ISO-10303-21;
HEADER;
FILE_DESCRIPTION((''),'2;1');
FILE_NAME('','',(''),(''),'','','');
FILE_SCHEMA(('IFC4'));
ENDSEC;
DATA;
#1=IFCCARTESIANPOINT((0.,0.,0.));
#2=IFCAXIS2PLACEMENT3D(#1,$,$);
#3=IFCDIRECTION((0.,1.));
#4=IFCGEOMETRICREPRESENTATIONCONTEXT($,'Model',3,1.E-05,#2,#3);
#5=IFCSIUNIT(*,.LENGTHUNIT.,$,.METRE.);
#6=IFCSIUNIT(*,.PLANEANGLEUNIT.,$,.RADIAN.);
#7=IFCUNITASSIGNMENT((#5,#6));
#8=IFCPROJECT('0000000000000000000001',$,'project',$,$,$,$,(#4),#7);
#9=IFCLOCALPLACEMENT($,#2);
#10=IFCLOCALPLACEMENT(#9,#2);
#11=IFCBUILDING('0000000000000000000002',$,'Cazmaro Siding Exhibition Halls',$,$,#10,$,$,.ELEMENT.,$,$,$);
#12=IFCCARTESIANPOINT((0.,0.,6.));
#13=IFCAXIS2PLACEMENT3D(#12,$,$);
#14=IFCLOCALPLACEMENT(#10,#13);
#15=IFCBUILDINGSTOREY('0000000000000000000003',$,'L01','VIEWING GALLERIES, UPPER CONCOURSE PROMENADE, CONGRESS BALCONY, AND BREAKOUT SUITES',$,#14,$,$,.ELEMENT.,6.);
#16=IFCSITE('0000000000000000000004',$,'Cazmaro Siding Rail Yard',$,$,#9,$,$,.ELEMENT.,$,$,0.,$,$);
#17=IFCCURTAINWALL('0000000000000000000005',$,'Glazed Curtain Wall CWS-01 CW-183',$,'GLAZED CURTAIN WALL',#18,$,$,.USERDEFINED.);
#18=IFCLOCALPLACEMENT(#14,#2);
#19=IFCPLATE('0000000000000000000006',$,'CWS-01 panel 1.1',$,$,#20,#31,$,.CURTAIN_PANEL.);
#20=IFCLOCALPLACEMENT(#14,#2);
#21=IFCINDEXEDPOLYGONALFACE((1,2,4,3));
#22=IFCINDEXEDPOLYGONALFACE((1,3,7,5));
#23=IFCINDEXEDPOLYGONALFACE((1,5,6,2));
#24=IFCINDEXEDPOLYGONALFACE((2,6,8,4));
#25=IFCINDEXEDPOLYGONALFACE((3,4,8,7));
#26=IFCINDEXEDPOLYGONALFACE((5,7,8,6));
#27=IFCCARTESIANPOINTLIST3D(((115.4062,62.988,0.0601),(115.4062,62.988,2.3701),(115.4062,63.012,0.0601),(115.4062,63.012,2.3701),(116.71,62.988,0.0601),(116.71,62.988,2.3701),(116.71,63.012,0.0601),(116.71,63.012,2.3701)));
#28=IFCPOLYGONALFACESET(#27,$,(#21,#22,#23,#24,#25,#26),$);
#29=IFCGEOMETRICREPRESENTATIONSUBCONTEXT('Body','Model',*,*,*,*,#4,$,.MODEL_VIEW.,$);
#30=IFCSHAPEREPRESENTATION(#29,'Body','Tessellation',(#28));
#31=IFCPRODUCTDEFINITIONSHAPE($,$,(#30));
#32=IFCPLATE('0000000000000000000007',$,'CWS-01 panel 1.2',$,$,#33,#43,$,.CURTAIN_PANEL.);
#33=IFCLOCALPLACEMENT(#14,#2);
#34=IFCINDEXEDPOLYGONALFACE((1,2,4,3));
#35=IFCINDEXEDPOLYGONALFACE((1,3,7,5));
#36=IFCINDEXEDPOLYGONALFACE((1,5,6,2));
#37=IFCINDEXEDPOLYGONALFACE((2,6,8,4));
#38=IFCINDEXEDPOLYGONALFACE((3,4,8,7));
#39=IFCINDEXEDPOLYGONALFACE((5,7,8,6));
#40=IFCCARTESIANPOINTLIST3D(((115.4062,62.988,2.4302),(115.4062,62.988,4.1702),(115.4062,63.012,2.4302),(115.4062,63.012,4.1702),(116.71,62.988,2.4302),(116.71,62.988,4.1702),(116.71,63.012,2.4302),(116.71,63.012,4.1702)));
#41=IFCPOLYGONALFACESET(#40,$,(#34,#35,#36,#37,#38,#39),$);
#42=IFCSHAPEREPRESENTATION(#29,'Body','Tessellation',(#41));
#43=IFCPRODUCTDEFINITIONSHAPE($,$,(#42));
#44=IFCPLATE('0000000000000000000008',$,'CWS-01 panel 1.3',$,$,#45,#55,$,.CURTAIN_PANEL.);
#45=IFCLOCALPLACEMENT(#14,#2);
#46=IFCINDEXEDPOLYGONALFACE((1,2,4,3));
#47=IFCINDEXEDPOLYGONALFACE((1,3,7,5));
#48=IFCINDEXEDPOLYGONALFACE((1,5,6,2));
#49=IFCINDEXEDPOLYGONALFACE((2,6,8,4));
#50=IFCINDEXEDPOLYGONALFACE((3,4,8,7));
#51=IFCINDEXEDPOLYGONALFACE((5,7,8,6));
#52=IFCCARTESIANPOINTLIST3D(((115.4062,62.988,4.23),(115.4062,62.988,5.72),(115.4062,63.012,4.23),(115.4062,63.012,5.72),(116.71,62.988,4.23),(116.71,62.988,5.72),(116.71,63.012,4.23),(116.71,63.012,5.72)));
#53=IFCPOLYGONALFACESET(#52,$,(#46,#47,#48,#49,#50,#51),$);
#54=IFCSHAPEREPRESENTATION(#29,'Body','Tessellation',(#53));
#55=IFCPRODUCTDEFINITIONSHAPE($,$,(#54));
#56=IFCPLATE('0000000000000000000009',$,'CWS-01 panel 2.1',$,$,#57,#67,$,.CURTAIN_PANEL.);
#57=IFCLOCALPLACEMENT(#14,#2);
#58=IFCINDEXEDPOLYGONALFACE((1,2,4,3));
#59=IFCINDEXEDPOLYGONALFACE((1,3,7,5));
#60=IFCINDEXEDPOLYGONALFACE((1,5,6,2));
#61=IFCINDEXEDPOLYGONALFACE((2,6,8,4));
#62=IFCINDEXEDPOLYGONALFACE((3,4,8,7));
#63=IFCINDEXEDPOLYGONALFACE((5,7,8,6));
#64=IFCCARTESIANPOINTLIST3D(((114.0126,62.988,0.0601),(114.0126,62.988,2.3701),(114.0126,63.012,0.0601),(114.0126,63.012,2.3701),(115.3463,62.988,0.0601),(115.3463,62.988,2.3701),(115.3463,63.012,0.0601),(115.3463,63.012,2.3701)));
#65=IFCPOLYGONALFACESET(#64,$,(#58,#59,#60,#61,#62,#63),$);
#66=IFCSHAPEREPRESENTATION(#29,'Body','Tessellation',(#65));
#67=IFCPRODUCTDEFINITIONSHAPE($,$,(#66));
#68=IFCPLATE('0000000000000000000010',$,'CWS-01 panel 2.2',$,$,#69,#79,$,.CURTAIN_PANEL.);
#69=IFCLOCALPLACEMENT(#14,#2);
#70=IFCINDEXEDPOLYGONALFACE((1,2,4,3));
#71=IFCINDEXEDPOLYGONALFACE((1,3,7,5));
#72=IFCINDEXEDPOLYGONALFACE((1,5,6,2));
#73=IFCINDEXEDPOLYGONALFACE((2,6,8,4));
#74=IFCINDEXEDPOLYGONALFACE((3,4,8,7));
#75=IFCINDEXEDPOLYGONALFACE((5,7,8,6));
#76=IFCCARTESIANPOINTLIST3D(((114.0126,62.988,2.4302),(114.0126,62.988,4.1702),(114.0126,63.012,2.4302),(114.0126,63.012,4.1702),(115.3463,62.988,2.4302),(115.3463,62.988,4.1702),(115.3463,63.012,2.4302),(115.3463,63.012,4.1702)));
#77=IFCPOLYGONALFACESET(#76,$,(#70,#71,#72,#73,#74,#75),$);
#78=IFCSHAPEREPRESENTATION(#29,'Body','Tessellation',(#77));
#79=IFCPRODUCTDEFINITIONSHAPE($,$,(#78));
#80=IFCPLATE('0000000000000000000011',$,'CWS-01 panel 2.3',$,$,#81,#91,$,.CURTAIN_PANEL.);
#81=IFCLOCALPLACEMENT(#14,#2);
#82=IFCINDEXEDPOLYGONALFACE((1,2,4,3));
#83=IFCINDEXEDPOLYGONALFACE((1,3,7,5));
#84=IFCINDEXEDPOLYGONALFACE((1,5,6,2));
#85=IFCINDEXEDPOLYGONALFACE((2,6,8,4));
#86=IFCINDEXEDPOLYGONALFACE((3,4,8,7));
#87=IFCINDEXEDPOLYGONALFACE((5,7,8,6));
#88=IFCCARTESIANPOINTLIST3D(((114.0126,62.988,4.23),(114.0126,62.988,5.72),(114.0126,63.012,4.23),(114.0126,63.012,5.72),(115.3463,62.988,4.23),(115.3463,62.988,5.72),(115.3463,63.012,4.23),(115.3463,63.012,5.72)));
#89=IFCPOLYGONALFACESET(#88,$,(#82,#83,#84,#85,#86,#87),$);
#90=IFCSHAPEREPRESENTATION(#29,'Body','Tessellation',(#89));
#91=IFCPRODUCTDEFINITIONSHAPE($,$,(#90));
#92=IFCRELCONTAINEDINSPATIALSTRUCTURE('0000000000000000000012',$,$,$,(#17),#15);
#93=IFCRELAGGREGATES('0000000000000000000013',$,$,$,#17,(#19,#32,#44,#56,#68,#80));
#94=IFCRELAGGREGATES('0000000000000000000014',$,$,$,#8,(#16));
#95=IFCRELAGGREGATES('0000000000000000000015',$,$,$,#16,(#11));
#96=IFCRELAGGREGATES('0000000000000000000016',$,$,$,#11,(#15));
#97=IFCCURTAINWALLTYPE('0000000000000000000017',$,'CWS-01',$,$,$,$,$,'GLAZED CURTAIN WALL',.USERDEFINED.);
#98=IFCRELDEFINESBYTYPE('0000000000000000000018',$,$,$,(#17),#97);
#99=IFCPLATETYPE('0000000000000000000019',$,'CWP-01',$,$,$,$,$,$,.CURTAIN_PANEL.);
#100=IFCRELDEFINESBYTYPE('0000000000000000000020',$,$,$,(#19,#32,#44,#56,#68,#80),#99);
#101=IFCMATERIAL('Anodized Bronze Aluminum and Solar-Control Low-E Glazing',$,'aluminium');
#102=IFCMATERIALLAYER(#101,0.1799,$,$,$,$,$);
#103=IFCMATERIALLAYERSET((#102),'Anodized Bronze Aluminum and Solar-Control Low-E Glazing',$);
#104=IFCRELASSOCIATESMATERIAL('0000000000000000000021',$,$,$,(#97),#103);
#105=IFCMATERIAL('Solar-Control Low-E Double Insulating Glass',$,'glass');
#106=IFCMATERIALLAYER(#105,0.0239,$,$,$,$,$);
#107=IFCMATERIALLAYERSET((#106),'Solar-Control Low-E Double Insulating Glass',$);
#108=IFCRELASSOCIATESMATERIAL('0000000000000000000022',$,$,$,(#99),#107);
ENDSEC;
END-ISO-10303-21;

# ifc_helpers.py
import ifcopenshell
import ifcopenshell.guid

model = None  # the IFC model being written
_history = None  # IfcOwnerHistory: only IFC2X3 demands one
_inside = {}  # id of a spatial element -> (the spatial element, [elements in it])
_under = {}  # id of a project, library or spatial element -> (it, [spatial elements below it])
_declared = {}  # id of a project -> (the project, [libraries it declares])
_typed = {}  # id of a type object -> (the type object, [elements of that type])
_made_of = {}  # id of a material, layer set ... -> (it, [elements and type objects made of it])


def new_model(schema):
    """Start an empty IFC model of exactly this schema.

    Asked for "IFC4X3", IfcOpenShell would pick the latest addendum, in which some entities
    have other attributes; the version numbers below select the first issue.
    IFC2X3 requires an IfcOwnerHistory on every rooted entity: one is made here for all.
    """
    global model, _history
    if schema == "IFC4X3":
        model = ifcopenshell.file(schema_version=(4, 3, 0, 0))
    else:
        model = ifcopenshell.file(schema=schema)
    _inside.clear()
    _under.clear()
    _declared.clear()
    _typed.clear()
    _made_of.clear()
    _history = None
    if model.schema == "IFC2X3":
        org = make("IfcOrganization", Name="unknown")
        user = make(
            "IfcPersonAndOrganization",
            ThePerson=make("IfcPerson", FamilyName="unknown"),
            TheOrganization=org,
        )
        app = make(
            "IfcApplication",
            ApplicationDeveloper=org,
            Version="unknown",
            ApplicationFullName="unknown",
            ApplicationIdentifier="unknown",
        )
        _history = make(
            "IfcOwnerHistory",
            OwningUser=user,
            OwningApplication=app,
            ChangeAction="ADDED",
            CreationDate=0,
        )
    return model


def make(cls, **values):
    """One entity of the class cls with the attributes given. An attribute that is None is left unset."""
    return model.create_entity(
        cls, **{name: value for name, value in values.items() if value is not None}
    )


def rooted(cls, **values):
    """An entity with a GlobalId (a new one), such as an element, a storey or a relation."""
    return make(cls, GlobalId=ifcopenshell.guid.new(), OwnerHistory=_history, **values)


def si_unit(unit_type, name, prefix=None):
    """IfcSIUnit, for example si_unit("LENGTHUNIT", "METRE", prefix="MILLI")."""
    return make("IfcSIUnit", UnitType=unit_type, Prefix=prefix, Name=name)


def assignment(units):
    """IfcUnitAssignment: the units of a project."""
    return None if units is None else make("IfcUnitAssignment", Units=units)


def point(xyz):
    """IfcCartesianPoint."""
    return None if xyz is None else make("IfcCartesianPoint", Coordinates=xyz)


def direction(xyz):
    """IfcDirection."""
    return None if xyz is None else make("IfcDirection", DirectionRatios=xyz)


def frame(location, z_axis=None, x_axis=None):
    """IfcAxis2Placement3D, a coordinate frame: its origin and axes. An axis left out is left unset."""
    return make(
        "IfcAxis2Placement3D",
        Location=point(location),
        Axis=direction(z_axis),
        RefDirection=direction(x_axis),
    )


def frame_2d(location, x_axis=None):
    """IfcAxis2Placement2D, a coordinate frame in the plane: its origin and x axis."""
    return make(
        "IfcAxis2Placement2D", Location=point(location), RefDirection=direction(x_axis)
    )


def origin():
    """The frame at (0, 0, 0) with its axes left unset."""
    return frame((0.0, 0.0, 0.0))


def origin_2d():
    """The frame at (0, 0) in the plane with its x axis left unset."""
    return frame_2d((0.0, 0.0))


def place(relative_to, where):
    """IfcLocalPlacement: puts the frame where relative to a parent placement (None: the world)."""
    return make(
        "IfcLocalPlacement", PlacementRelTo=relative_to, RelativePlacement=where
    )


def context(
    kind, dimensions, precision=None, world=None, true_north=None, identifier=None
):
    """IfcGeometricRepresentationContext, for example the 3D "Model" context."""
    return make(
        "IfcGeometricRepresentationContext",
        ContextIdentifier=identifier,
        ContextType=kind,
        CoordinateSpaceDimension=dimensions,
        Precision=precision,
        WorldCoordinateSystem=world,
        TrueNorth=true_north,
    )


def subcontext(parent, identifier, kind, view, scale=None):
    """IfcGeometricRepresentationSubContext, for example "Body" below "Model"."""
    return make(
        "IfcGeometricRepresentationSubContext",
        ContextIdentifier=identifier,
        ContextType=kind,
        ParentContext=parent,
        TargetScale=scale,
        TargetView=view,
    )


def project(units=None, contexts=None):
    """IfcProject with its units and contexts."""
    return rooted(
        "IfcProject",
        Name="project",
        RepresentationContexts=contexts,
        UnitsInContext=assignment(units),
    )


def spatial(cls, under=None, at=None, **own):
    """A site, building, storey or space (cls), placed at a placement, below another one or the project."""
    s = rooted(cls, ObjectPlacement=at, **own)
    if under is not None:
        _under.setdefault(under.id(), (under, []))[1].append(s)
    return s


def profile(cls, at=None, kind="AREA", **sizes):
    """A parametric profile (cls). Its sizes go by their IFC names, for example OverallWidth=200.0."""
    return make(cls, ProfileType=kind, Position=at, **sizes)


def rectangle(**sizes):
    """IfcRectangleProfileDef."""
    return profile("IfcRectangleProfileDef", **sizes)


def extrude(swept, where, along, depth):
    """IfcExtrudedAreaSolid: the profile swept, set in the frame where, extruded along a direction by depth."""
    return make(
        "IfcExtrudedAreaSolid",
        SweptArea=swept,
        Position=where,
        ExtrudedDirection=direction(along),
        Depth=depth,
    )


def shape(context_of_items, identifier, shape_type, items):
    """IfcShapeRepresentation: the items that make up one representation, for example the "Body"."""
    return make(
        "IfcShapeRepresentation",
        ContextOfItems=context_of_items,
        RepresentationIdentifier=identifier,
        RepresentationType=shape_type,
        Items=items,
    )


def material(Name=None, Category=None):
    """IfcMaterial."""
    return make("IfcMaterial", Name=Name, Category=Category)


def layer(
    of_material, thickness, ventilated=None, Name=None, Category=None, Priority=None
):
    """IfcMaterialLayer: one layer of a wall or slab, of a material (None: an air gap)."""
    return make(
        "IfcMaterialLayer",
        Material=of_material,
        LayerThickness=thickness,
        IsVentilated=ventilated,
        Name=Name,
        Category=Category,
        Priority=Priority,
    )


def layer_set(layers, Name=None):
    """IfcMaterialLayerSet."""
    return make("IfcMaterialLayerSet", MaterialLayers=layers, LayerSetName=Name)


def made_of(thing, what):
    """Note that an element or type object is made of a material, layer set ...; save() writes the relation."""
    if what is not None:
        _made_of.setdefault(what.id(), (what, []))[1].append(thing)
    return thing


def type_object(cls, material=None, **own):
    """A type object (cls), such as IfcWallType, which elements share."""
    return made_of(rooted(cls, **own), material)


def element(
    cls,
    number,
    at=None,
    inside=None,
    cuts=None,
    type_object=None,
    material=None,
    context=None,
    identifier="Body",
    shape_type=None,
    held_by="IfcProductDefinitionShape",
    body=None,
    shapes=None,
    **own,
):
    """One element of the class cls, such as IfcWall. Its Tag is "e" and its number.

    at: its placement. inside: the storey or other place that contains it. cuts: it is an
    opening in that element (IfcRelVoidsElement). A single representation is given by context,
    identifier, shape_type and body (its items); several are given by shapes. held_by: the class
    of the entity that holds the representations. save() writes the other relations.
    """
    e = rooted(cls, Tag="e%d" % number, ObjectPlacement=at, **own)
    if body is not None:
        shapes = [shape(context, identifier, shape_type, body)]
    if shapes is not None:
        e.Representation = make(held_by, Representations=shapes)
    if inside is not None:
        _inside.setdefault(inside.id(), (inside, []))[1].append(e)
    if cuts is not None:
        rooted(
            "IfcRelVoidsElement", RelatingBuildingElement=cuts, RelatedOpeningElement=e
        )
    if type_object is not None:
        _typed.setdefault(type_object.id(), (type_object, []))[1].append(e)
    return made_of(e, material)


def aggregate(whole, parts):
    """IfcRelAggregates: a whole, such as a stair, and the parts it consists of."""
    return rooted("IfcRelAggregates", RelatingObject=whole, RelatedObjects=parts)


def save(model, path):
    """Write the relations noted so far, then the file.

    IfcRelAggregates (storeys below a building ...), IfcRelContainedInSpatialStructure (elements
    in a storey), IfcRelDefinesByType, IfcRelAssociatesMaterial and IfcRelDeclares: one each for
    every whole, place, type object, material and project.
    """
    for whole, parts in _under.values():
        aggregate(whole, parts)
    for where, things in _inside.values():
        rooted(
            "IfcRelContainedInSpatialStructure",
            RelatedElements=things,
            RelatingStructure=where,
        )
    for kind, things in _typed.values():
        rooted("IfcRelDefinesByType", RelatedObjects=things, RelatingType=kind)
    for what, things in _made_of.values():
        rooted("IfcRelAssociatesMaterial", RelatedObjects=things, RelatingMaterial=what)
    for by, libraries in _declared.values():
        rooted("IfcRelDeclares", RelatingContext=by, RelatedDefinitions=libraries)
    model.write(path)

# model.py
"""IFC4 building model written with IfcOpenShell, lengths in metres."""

from ifc_helpers import new_model, si_unit, direction, frame, origin, origin_2d, place, context, subcontext, project, spatial, rectangle, extrude, material, layer, layer_set, type_object, element, aggregate, save


model = new_model("IFC4")

# Units and contexts
model_context = context("Model", 3, precision=1e-05, world=origin(), true_north=direction((0.0, 1.0)))
body_context = subcontext(model_context, "Body", "Model", "MODEL_VIEW")
ifc_project = project(units=[si_unit("LENGTHUNIT", "METRE"), si_unit("PLANEANGLEUNIT", "RADIAN")], contexts=[model_context])

# Site, building, storey
site_placement = place(None, origin())
site = spatial("IfcSite", under=ifc_project, at=site_placement, Name="Cazmaro Siding Rail Yard", CompositionType="ELEMENT", RefElevation=0.0)
building_placement = place(site_placement, origin())
building = spatial("IfcBuilding", under=site, at=building_placement, Name="Cazmaro Siding Exhibition Halls", CompositionType="ELEMENT")
storey_placement = place(building_placement, frame((0.0, 0.0, 6.0)))
storey = spatial("IfcBuildingStorey", under=building, at=storey_placement, Name="L01", Description="VIEWING GALLERIES, UPPER CONCOURSE PROMENADE, CONGRESS BALCONY, AND BREAKOUT SUITES", CompositionType="ELEMENT", Elevation=6.0)

# Curtain wall, plates
ifc_material_1 = material(Name="Anodized Bronze Aluminum and Solar-Control Low-E Glazing", Category="aluminium")
ifc_layer_1 = layer(ifc_material_1, 0.1799)
ifc_layer_set_1 = layer_set([ifc_layer_1], Name="Anodized Bronze Aluminum and Solar-Control Low-E Glazing")
curtain_wall_type = type_object("IfcCurtainWallType", Name="CWS-01", ElementType="GLAZED CURTAIN WALL", PredefinedType="USERDEFINED", material=ifc_layer_set_1)
curtain_wall_placement = place(storey_placement, origin())
curtain_wall = element("IfcCurtainWall", 1, at=curtain_wall_placement, inside=storey, type_object=curtain_wall_type, Name="Glazed Curtain Wall CWS-01 CW-183", ObjectType="GLAZED CURTAIN WALL", PredefinedType="USERDEFINED")
ifc_material_2 = material(Name="Solar-Control Low-E Double Insulating Glass", Category="glass")
ifc_layer_2 = layer(ifc_material_2, 0.0239)
ifc_layer_set_2 = layer_set([ifc_layer_2], Name="Solar-Control Low-E Double Insulating Glass")
plate_type = type_object("IfcPlateType", Name="CWP-01", PredefinedType="CURTAIN_PANEL", material=ifc_layer_set_2)
plate_1_placement = place(storey_placement, frame((116.0581, 63.0, 0.0601), z_axis=(0.0, 0.0, 1.0), x_axis=(-1.0, 0.0, 0.0)))
plate_1 = element("IfcPlate", 2, at=plate_1_placement, type_object=plate_type, Name="CWS-01 panel 1.1", PredefinedType="CURTAIN_PANEL", context=body_context, shape_type="SweptSolid", body=[
    extrude(rectangle(XDim=1.3037, YDim=0.0239, at=origin_2d()), origin(), (0.0, 0.0, 1.0), 2.3101),
])
plate_2_placement = place(storey_placement, frame((116.0581, 63.0, 2.4302), z_axis=(0.0, 0.0, 1.0), x_axis=(-1.0, 0.0, 0.0)))
plate_2 = element("IfcPlate", 3, at=plate_2_placement, type_object=plate_type, Name="CWS-01 panel 1.2", PredefinedType="CURTAIN_PANEL", context=body_context, shape_type="SweptSolid", body=[
    extrude(rectangle(XDim=1.3037, YDim=0.0239, at=origin_2d()), origin(), (0.0, 0.0, 1.0), 1.74),
])
plate_3_placement = place(storey_placement, frame((116.0581, 63.0, 4.23), z_axis=(0.0, 0.0, 1.0), x_axis=(-1.0, 0.0, 0.0)))
plate_3 = element("IfcPlate", 4, at=plate_3_placement, type_object=plate_type, Name="CWS-01 panel 1.3", PredefinedType="CURTAIN_PANEL", context=body_context, shape_type="SweptSolid", body=[
    extrude(rectangle(XDim=1.3037, YDim=0.0239, at=origin_2d()), origin(), (0.0, 0.0, 1.0), 1.49),
])
plate_4_placement = place(storey_placement, frame((114.6794, 63.0, 0.0601), z_axis=(0.0, 0.0, 1.0), x_axis=(-1.0, 0.0, 0.0)))
plate_4 = element("IfcPlate", 5, at=plate_4_placement, type_object=plate_type, Name="CWS-01 panel 2.1", PredefinedType="CURTAIN_PANEL", context=body_context, shape_type="SweptSolid", body=[
    extrude(rectangle(XDim=1.3337, YDim=0.0239, at=origin_2d()), origin(), (0.0, 0.0, 1.0), 2.3101),
])
plate_5_placement = place(storey_placement, frame((114.6794, 63.0, 2.4302), z_axis=(0.0, 0.0, 1.0), x_axis=(-1.0, 0.0, 0.0)))
plate_5 = element("IfcPlate", 6, at=plate_5_placement, type_object=plate_type, Name="CWS-01 panel 2.2", PredefinedType="CURTAIN_PANEL", context=body_context, shape_type="SweptSolid", body=[
    extrude(rectangle(XDim=1.3337, YDim=0.0239, at=origin_2d()), origin(), (0.0, 0.0, 1.0), 1.74),
])
plate_6_placement = place(storey_placement, frame((114.6794, 63.0, 4.23), z_axis=(0.0, 0.0, 1.0), x_axis=(-1.0, 0.0, 0.0)))
plate_6 = element("IfcPlate", 7, at=plate_6_placement, type_object=plate_type, Name="CWS-01 panel 2.3", PredefinedType="CURTAIN_PANEL", context=body_context, shape_type="SweptSolid", body=[
    extrude(rectangle(XDim=1.3337, YDim=0.0239, at=origin_2d()), origin(), (0.0, 0.0, 1.0), 1.49),
])
aggregate(curtain_wall, [plate_1, plate_2, plate_3, plate_4, plate_5, plate_6])

save(model, "model.ifc")
